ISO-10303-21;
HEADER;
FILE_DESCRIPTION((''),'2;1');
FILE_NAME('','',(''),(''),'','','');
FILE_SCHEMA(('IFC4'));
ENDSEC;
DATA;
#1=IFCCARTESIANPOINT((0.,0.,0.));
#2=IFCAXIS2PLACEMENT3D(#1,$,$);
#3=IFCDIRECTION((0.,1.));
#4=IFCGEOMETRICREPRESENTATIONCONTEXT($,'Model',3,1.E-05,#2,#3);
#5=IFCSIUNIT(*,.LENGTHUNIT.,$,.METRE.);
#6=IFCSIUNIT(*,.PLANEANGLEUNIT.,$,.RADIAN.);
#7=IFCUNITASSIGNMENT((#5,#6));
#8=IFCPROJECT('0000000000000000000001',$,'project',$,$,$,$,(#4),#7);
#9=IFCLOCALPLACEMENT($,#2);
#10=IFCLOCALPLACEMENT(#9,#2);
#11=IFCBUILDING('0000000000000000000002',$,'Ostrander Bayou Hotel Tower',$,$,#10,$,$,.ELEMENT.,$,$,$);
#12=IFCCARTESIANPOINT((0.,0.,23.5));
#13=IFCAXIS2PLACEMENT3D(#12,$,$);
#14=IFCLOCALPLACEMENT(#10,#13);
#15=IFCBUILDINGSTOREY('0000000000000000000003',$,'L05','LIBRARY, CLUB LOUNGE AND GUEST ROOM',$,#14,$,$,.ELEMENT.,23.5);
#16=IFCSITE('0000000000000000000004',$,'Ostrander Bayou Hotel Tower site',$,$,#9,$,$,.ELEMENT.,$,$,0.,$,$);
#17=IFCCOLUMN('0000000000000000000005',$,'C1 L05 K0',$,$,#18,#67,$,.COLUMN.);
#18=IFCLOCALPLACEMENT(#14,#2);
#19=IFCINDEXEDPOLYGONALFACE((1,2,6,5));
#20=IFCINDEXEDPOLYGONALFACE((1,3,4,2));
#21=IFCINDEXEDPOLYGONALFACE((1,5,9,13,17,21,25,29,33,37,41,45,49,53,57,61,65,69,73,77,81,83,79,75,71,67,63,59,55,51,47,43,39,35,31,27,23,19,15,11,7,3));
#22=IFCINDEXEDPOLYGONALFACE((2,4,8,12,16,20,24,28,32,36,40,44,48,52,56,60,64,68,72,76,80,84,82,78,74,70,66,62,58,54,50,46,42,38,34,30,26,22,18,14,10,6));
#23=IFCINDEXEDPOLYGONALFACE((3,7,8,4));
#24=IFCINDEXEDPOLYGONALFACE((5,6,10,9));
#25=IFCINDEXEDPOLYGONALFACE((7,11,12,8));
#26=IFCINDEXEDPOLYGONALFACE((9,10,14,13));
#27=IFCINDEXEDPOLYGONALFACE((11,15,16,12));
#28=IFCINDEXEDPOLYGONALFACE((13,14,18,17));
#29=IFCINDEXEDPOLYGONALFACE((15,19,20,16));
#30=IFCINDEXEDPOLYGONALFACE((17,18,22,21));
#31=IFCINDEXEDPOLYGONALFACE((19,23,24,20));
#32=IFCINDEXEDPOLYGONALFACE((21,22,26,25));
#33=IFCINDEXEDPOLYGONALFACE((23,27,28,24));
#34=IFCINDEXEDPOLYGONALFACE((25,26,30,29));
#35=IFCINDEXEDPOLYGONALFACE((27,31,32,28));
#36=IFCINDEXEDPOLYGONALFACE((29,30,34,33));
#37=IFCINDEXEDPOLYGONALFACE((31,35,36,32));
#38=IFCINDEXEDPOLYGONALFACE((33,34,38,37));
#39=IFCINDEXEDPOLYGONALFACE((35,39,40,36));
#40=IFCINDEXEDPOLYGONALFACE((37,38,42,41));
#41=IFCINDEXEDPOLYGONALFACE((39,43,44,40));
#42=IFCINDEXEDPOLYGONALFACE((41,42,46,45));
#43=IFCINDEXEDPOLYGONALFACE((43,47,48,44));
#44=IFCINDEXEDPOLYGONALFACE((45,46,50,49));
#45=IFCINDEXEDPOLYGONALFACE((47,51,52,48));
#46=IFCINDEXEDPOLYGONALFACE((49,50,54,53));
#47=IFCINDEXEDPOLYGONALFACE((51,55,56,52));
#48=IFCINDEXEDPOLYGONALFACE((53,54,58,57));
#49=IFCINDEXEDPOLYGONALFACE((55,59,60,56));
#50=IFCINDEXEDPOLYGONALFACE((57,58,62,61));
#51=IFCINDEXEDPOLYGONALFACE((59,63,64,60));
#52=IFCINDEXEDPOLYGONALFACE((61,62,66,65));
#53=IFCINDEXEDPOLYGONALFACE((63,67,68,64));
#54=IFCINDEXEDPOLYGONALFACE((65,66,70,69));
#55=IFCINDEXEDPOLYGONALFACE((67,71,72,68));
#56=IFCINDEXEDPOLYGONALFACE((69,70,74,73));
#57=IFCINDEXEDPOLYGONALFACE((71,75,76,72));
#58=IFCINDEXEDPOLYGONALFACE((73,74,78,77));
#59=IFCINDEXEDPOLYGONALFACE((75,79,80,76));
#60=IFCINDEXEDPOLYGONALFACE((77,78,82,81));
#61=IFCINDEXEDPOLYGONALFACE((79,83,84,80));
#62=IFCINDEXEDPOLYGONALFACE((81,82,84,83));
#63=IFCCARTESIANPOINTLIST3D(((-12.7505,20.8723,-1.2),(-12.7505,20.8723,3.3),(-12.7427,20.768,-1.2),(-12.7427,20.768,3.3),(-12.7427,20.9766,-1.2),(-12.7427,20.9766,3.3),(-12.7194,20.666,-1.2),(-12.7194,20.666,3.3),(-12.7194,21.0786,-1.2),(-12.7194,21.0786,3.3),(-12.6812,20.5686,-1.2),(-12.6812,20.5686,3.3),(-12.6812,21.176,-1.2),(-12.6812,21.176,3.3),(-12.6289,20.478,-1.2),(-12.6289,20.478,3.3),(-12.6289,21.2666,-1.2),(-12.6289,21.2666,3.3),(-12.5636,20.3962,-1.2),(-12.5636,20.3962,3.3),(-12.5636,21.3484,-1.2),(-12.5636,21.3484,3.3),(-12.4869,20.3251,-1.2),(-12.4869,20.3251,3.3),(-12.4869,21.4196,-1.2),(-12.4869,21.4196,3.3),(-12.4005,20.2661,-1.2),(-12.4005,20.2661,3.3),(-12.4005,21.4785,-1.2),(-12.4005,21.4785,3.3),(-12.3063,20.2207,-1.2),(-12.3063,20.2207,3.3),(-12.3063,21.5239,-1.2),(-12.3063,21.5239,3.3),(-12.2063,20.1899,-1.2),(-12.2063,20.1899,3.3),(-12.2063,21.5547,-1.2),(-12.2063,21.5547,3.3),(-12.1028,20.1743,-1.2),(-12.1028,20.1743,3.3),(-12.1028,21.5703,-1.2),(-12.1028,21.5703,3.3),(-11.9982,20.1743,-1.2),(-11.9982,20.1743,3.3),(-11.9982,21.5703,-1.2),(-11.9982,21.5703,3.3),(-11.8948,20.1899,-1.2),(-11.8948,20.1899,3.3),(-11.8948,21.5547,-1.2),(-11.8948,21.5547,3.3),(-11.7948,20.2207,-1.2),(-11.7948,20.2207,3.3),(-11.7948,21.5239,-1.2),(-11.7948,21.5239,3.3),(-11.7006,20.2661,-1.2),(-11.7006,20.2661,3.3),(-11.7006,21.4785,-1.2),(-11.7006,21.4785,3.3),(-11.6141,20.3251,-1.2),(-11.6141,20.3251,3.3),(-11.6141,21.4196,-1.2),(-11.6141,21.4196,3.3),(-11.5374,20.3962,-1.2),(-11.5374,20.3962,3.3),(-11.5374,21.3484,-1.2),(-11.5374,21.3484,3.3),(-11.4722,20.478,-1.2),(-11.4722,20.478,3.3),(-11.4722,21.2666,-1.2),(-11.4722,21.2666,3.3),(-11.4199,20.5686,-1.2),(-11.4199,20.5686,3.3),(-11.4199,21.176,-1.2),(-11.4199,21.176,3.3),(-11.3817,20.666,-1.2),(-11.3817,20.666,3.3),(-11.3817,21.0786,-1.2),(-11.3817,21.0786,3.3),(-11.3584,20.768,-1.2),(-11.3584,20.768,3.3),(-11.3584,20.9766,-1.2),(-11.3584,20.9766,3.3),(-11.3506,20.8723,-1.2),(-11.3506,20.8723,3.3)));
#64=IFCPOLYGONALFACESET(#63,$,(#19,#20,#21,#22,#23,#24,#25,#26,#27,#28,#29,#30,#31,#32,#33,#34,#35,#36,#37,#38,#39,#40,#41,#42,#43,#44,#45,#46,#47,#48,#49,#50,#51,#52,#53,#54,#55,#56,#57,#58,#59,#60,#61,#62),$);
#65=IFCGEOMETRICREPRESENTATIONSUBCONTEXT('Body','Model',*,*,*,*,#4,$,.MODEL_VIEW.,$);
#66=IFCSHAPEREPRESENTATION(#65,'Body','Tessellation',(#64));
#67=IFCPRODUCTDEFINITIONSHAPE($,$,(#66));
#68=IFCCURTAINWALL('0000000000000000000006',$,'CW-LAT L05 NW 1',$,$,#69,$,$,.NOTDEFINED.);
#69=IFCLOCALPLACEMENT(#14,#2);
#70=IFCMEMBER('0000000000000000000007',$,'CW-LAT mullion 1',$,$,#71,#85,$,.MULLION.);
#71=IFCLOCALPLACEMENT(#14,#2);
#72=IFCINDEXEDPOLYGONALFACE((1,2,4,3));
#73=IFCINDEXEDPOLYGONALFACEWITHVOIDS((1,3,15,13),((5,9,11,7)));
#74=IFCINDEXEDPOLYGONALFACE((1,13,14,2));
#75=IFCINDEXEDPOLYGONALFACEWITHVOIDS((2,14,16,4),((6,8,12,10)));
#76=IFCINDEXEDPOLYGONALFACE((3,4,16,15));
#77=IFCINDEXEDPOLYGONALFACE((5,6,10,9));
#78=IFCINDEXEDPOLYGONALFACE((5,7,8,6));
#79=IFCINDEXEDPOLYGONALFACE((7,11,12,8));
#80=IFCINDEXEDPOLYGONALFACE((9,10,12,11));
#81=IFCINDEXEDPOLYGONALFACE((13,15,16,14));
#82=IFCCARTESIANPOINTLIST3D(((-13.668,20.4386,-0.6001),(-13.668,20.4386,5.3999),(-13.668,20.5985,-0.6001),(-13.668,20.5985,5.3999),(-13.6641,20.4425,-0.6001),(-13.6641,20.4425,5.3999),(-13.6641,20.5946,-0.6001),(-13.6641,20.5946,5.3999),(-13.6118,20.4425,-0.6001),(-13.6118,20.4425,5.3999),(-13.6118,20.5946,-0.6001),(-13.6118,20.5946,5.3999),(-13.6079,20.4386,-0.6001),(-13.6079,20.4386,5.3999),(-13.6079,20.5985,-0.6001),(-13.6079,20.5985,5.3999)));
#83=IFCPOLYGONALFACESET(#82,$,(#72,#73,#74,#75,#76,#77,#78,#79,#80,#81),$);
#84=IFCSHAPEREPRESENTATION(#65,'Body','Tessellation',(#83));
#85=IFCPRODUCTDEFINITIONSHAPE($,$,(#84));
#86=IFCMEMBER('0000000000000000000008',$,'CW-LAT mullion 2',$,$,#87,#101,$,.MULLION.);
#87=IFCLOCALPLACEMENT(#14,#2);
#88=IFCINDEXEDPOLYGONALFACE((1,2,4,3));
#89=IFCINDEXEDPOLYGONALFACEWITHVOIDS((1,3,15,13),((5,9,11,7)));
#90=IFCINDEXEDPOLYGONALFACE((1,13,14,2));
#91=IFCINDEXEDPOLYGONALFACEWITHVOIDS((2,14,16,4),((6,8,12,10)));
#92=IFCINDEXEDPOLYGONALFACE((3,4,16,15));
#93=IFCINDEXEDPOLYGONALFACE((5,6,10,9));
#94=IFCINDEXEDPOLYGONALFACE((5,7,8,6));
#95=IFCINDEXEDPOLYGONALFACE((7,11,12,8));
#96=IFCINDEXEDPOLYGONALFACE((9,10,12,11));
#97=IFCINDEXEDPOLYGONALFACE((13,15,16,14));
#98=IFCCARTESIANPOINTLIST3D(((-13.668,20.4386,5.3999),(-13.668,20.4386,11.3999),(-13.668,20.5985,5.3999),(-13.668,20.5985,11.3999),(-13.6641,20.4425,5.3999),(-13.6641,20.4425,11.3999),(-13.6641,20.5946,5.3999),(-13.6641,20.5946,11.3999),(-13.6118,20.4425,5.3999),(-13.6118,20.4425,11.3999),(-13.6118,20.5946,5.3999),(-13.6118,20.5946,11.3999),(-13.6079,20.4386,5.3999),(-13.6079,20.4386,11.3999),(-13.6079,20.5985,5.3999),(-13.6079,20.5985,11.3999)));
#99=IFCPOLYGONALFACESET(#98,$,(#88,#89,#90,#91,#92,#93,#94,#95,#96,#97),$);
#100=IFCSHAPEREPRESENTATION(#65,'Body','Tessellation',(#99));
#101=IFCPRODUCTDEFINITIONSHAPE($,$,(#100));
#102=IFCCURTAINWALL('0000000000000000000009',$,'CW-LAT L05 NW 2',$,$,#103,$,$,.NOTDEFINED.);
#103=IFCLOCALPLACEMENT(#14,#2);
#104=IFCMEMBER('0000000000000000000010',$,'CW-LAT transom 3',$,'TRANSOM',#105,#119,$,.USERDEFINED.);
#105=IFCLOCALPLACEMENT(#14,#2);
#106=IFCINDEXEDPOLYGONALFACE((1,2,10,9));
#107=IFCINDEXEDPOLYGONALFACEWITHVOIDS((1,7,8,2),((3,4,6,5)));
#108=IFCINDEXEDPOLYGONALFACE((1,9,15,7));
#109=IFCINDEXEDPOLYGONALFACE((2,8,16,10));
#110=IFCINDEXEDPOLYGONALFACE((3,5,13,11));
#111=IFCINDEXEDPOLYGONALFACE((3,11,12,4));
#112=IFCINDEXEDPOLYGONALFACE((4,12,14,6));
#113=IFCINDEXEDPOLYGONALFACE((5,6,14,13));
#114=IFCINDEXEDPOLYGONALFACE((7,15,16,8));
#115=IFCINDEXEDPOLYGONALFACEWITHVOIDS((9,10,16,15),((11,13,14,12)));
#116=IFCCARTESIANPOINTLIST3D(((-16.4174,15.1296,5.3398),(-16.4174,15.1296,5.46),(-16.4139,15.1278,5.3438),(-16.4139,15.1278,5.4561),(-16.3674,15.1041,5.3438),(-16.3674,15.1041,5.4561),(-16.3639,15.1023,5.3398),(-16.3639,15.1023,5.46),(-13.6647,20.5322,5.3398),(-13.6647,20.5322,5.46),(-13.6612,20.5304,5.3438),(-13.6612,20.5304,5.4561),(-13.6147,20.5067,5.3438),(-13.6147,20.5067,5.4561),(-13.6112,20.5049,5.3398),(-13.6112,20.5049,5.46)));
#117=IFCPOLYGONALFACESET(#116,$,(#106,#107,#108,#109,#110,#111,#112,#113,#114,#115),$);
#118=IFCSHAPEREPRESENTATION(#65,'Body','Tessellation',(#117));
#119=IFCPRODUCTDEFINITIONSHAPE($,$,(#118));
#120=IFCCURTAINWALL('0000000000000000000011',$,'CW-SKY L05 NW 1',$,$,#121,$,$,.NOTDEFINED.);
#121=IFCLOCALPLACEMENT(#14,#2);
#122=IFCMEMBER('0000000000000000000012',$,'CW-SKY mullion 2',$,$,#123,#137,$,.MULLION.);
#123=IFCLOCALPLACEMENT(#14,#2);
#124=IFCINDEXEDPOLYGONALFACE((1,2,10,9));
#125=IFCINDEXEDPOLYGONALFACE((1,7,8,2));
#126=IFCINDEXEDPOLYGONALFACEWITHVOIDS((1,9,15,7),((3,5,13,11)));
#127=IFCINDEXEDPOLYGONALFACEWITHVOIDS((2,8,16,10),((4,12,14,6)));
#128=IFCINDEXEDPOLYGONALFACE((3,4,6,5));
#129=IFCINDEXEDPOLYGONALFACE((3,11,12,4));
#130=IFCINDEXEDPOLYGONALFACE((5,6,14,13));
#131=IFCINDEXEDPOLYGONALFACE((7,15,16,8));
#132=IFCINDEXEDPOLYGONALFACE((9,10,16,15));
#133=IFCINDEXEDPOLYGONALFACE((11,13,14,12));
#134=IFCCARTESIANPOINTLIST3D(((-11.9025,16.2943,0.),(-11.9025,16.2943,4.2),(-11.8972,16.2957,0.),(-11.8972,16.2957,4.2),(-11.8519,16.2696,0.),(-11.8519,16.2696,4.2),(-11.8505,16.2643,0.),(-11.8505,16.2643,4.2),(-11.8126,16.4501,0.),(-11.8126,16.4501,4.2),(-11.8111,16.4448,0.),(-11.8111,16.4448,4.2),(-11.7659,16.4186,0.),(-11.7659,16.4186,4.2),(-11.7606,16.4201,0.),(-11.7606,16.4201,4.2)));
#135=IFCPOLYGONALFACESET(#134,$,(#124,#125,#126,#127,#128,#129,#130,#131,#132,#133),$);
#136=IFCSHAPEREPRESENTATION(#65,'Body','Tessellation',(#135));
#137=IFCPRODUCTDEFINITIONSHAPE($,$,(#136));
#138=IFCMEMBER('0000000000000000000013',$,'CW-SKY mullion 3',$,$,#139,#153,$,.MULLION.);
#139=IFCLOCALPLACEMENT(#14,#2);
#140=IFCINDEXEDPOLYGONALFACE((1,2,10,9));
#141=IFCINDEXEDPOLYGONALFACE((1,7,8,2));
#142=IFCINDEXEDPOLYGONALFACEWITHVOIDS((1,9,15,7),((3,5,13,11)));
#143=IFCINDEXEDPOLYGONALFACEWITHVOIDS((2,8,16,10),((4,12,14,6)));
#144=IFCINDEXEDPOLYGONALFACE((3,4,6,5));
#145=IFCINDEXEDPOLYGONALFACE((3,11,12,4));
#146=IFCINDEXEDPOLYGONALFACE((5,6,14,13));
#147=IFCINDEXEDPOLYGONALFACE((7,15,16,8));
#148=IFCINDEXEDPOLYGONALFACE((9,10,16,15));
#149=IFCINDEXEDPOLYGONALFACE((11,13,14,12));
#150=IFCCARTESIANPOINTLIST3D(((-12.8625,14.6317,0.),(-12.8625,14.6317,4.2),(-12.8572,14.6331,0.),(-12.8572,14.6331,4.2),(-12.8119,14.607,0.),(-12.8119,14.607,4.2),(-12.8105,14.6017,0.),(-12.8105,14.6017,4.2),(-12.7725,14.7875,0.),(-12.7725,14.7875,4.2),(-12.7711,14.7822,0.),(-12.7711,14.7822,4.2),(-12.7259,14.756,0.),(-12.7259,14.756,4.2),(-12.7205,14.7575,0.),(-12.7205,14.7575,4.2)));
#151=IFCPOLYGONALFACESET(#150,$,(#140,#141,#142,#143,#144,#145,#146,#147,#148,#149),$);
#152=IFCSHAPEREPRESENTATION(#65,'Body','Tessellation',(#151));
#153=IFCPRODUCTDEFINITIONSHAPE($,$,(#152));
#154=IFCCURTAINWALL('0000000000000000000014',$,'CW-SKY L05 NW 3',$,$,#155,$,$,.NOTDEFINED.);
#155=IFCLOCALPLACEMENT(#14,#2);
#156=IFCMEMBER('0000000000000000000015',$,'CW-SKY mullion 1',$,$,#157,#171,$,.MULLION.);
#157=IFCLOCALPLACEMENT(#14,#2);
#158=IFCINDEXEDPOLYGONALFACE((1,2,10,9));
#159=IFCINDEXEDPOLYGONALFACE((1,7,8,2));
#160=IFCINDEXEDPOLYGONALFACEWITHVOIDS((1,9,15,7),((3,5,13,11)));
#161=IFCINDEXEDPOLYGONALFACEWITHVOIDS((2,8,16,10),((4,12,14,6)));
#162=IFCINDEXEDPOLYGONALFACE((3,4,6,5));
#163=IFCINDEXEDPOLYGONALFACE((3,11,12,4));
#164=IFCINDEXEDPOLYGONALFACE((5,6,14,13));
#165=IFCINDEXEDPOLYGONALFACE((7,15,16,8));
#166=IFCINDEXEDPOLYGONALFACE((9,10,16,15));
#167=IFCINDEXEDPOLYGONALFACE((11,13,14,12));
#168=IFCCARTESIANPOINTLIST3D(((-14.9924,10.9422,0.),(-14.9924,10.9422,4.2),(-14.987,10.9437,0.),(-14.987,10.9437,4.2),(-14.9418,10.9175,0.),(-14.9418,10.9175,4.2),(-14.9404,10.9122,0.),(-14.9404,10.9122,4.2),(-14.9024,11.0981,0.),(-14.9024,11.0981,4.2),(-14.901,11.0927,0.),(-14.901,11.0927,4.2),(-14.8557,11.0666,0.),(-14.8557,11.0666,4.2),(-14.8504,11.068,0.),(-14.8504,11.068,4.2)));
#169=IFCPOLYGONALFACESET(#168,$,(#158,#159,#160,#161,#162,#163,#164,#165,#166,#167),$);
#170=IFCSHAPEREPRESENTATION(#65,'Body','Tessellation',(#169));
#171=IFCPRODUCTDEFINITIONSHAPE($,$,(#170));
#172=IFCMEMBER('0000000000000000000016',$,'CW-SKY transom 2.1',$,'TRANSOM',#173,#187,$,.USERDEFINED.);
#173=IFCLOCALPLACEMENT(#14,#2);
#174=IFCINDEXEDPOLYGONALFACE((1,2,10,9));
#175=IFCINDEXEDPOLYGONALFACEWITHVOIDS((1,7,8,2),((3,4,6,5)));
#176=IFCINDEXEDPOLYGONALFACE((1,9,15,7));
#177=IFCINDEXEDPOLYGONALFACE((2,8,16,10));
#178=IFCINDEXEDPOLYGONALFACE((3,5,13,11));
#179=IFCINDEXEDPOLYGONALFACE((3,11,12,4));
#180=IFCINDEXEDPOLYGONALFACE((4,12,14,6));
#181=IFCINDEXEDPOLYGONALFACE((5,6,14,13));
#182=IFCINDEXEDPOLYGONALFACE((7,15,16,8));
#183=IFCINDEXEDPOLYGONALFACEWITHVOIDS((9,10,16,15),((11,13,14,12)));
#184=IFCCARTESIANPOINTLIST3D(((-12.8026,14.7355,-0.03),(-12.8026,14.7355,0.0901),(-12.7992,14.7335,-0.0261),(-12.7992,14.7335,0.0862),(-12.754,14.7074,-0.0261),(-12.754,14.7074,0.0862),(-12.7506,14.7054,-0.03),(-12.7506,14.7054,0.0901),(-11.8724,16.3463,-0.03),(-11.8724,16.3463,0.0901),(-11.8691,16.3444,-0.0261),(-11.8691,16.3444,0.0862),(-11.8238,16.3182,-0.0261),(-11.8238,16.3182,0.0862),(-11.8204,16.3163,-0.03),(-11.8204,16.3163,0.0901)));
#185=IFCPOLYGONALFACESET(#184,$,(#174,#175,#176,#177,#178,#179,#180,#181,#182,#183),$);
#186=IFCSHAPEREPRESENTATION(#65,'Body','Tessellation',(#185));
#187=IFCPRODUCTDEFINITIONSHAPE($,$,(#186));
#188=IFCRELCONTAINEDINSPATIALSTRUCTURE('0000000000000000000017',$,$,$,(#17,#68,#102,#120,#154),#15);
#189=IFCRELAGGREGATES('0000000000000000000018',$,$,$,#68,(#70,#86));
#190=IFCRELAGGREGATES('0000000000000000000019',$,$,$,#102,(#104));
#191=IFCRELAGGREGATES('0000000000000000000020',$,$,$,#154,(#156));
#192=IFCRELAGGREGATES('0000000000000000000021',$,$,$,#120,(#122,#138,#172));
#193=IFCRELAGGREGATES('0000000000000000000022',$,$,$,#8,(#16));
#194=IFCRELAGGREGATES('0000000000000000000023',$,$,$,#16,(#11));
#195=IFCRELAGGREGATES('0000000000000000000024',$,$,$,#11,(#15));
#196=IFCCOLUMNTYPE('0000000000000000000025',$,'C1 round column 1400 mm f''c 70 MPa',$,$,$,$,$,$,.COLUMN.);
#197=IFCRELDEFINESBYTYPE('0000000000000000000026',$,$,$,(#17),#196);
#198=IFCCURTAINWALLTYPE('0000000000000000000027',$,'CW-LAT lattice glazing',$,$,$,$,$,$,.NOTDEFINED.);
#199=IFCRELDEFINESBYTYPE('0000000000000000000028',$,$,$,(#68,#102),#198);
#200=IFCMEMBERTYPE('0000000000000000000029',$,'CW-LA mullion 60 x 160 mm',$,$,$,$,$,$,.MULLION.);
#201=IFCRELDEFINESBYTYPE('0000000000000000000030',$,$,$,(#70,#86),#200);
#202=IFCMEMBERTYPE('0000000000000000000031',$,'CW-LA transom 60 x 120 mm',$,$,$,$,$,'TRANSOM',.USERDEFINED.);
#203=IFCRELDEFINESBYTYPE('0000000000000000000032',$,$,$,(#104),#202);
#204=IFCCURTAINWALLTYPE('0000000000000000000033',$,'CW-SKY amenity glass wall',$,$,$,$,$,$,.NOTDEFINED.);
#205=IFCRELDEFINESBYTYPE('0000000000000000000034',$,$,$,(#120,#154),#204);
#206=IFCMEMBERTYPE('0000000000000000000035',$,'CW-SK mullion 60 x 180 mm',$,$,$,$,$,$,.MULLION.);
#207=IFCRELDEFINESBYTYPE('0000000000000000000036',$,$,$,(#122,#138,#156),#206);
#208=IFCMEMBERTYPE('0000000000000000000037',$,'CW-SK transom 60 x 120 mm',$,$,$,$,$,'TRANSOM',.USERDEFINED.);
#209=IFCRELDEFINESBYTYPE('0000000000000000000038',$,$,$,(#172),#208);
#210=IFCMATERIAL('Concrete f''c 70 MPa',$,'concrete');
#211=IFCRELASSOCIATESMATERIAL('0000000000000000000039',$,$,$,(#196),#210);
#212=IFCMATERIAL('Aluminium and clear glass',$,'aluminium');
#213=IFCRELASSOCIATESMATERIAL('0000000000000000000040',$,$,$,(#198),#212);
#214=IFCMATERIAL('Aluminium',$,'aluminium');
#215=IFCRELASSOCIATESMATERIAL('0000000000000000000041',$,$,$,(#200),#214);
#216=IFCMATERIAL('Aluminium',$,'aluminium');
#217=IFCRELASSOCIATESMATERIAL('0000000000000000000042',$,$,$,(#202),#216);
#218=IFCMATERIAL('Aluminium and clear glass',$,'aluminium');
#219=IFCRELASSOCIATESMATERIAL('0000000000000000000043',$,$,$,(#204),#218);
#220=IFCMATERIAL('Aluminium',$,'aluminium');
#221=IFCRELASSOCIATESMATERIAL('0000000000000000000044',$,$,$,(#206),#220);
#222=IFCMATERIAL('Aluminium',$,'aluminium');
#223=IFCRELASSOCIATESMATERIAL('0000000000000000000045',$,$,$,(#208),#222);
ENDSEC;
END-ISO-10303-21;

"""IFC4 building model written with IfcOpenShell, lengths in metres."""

from ifc_helpers import new_model, si_unit, direction, frame, origin, origin_2d, place, context, subcontext, project, spatial, hollow_rectangle, circle, extrude, material, material_profile, profile_set, type_object, element, aggregate, save


model = new_model("IFC4")

# Units and contexts
model_context = context("Model", 3, precision=1e-05, world=origin(), true_north=direction((0.0, 1.0)))
body_context = subcontext(model_context, "Body", "Model", "MODEL_VIEW")
ifc_project = project(units=[si_unit("LENGTHUNIT", "METRE"), si_unit("PLANEANGLEUNIT", "RADIAN")], contexts=[model_context])

# Site, building, storey
site_placement = place(None, origin())
site = spatial("IfcSite", under=ifc_project, at=site_placement, Name="Ostrander Bayou Hotel Tower site", CompositionType="ELEMENT", RefElevation=0.0)
building_placement = place(site_placement, origin())
building = spatial("IfcBuilding", under=site, at=building_placement, Name="Ostrander Bayou Hotel Tower", CompositionType="ELEMENT")
storey_placement = place(building_placement, frame((0.0, 0.0, 23.5)))
storey = spatial("IfcBuildingStorey", under=building, at=storey_placement, Name="L05", Description="LIBRARY, CLUB LOUNGE AND GUEST ROOM", CompositionType="ELEMENT", Elevation=23.5)

# Column
ifc_material_1 = material(Name="Concrete f'c 70 MPa", Category="concrete")
ifc_material_profile_1 = material_profile(ifc_material_1, circle(Radius=0.7, at=origin_2d()))
ifc_profile_set_1 = profile_set([ifc_material_profile_1], Name="Concrete f'c 70 MPa")
column_type = type_object("IfcColumnType", Name="C1 round column 1400 mm f'c 70 MPa", PredefinedType="COLUMN", material=ifc_profile_set_1)
column_placement = place(storey_placement, frame((-12.0505, 20.8723, -1.2), z_axis=(0.0, 0.0, 1.0), x_axis=(1.0, 0.0, 0.0)))
element("IfcColumn", 1, at=column_placement, inside=storey, type_object=column_type, Name="C1 L05 K0", PredefinedType="COLUMN", context=body_context, shape_type="SweptSolid", body=[
    extrude(circle(Radius=0.7, at=origin_2d()), origin(), (0.0, 0.0, 1.0), 4.5),
])

# Curtain wall, members
ifc_material_2 = material(Name="Aluminium and clear glass", Category="aluminium")
curtain_wall_type_1 = type_object("IfcCurtainWallType", Name="CW-LAT lattice glazing", PredefinedType="NOTDEFINED", material=ifc_material_2)
curtain_wall_1_placement = place(storey_placement, origin())
curtain_wall_1 = element("IfcCurtainWall", 2, at=curtain_wall_1_placement, inside=storey, type_object=curtain_wall_type_1, Name="CW-LAT L05 NW 1", PredefinedType="NOTDEFINED")
ifc_material_3 = material(Name="Aluminium", Category="aluminium")
ifc_material_profile_2 = material_profile(ifc_material_3, hollow_rectangle(XDim=0.0601, YDim=0.1599, WallThickness=0.0039, at=origin_2d()))
ifc_profile_set_2 = profile_set([ifc_material_profile_2], Name="Aluminium")
member_type_1 = type_object("IfcMemberType", Name="CW-LA mullion 60 x 160 mm", PredefinedType="MULLION", material=ifc_profile_set_2)
member_1_placement = place(storey_placement, frame((-13.6379, 20.5186, -0.6001), z_axis=(0.0, 0.0, 1.0), x_axis=(1.0, 0.0, 0.0)))
member_1 = element("IfcMember", 3, at=member_1_placement, type_object=member_type_1, Name="CW-LAT mullion 1", PredefinedType="MULLION", context=body_context, shape_type="SweptSolid", body=[
    extrude(hollow_rectangle(XDim=0.0601, YDim=0.1599, WallThickness=0.0039, at=origin_2d()), origin(), (0.0, 0.0, 1.0), 6.0),
])
member_2_placement = place(storey_placement, frame((-13.6379, 20.5186, 5.3999), z_axis=(0.0, 0.0, 1.0), x_axis=(1.0, 0.0, 0.0)))
member_2 = element("IfcMember", 4, at=member_2_placement, type_object=member_type_1, Name="CW-LAT mullion 2", PredefinedType="MULLION", context=body_context, shape_type="SweptSolid", body=[
    extrude(hollow_rectangle(XDim=0.0601, YDim=0.1599, WallThickness=0.0039, at=origin_2d()), origin(), (0.0, 0.0, 1.0), 6.0),
])
aggregate(curtain_wall_1, [member_1, member_2])

# Curtain wall, member
curtain_wall_2_placement = place(storey_placement, origin())
curtain_wall_2 = element("IfcCurtainWall", 5, at=curtain_wall_2_placement, inside=storey, type_object=curtain_wall_type_1, Name="CW-LAT L05 NW 2", PredefinedType="NOTDEFINED")
ifc_material_4 = material(Name="Aluminium", Category="aluminium")
ifc_material_profile_3 = material_profile(ifc_material_4, hollow_rectangle(XDim=0.0601, YDim=0.1201, WallThickness=0.0039, at=origin_2d()))
ifc_profile_set_3 = profile_set([ifc_material_profile_3], Name="Aluminium")
member_type_2 = type_object("IfcMemberType", Name="CW-LA transom 60 x 120 mm", ElementType="TRANSOM", PredefinedType="USERDEFINED", material=ifc_profile_set_3)
member_3_placement = place(storey_placement, frame((-13.6379, 20.5186, 5.3999), z_axis=(-0.453981, -0.891011, 0.0), x_axis=(0.891011, -0.453981, 0.0)))
member_3 = element("IfcMember", 6, at=member_3_placement, type_object=member_type_2, Name="CW-LAT transom 3", ObjectType="TRANSOM", PredefinedType="USERDEFINED", context=body_context, shape_type="SweptSolid", body=[
    extrude(hollow_rectangle(XDim=0.0601, YDim=0.1201, WallThickness=0.0039, at=origin_2d()), origin(), (0.0, 0.0, 1.0), 6.0635),
])
aggregate(curtain_wall_2, [member_3])

# Curtain wall, members
ifc_material_5 = material(Name="Aluminium and clear glass", Category="aluminium")
curtain_wall_type_2 = type_object("IfcCurtainWallType", Name="CW-SKY amenity glass wall", PredefinedType="NOTDEFINED", material=ifc_material_5)
curtain_wall_3_placement = place(storey_placement, origin())
curtain_wall_3 = element("IfcCurtainWall", 7, at=curtain_wall_3_placement, inside=storey, type_object=curtain_wall_type_2, Name="CW-SKY L05 NW 1", PredefinedType="NOTDEFINED")
ifc_material_6 = material(Name="Aluminium", Category="aluminium")
ifc_material_profile_4 = material_profile(ifc_material_6, hollow_rectangle(XDim=0.0601, YDim=0.1799, WallThickness=0.0039, at=origin_2d()))
ifc_profile_set_4 = profile_set([ifc_material_profile_4], Name="Aluminium")
member_type_3 = type_object("IfcMemberType", Name="CW-SK mullion 60 x 180 mm", PredefinedType="MULLION", material=ifc_profile_set_4)
member_4_placement = place(storey_placement, frame((-11.8315, 16.3572, 0.0), z_axis=(0.0, 0.0, 1.0), x_axis=(0.866025, -0.5, 0.0)))
member_4 = element("IfcMember", 8, at=member_4_placement, type_object=member_type_3, Name="CW-SKY mullion 2", PredefinedType="MULLION", context=body_context, shape_type="SweptSolid", body=[
    extrude(hollow_rectangle(XDim=0.0601, YDim=0.1799, WallThickness=0.0039, at=origin_2d()), origin(), (0.0, 0.0, 1.0), 4.2),
])
member_5_placement = place(storey_placement, frame((-12.7915, 14.6946, 0.0), z_axis=(0.0, 0.0, 1.0), x_axis=(0.866025, -0.5, 0.0)))
member_5 = element("IfcMember", 9, at=member_5_placement, type_object=member_type_3, Name="CW-SKY mullion 3", PredefinedType="MULLION", context=body_context, shape_type="SweptSolid", body=[
    extrude(hollow_rectangle(XDim=0.0601, YDim=0.1799, WallThickness=0.0039, at=origin_2d()), origin(), (0.0, 0.0, 1.0), 4.2),
])

# Curtain wall, member
curtain_wall_4_placement = place(storey_placement, origin())
curtain_wall_4 = element("IfcCurtainWall", 10, at=curtain_wall_4_placement, inside=storey, type_object=curtain_wall_type_2, Name="CW-SKY L05 NW 3", PredefinedType="NOTDEFINED")
member_6_placement = place(storey_placement, frame((-14.9214, 11.0051, 0.0), z_axis=(0.0, 0.0, 1.0), x_axis=(0.866025, -0.5, 0.0)))
member_6 = element("IfcMember", 11, at=member_6_placement, type_object=member_type_3, Name="CW-SKY mullion 1", PredefinedType="MULLION", context=body_context, shape_type="SweptSolid", body=[
    extrude(hollow_rectangle(XDim=0.0601, YDim=0.1799, WallThickness=0.0039, at=origin_2d()), origin(), (0.0, 0.0, 1.0), 4.2),
])
aggregate(curtain_wall_4, [member_6])

# Member
ifc_material_7 = material(Name="Aluminium", Category="aluminium")
ifc_material_profile_5 = material_profile(ifc_material_7, hollow_rectangle(XDim=0.0601, YDim=0.1201, WallThickness=0.0039, at=origin_2d()))
ifc_profile_set_5 = profile_set([ifc_material_profile_5], Name="Aluminium")
member_type_4 = type_object("IfcMemberType", Name="CW-SK transom 60 x 120 mm", ElementType="TRANSOM", PredefinedType="USERDEFINED", material=ifc_profile_set_5)
member_7_placement = place(storey_placement, frame((-11.8464, 16.3313, 0.03), z_axis=(-0.500063, -0.865989, 0.0), x_axis=(0.865989, -0.500063, 0.0)))
member_7 = element("IfcMember", 12, at=member_7_placement, type_object=member_type_4, Name="CW-SKY transom 2.1", ObjectType="TRANSOM", PredefinedType="USERDEFINED", context=body_context, shape_type="SweptSolid", body=[
    extrude(hollow_rectangle(XDim=0.0601, YDim=0.1201, WallThickness=0.0039, at=origin_2d()), origin(), (0.0, 0.0, 1.0), 1.8601),
])

aggregate(curtain_wall_3, [member_4, member_5, member_7])

save(model, "model.ifc")
